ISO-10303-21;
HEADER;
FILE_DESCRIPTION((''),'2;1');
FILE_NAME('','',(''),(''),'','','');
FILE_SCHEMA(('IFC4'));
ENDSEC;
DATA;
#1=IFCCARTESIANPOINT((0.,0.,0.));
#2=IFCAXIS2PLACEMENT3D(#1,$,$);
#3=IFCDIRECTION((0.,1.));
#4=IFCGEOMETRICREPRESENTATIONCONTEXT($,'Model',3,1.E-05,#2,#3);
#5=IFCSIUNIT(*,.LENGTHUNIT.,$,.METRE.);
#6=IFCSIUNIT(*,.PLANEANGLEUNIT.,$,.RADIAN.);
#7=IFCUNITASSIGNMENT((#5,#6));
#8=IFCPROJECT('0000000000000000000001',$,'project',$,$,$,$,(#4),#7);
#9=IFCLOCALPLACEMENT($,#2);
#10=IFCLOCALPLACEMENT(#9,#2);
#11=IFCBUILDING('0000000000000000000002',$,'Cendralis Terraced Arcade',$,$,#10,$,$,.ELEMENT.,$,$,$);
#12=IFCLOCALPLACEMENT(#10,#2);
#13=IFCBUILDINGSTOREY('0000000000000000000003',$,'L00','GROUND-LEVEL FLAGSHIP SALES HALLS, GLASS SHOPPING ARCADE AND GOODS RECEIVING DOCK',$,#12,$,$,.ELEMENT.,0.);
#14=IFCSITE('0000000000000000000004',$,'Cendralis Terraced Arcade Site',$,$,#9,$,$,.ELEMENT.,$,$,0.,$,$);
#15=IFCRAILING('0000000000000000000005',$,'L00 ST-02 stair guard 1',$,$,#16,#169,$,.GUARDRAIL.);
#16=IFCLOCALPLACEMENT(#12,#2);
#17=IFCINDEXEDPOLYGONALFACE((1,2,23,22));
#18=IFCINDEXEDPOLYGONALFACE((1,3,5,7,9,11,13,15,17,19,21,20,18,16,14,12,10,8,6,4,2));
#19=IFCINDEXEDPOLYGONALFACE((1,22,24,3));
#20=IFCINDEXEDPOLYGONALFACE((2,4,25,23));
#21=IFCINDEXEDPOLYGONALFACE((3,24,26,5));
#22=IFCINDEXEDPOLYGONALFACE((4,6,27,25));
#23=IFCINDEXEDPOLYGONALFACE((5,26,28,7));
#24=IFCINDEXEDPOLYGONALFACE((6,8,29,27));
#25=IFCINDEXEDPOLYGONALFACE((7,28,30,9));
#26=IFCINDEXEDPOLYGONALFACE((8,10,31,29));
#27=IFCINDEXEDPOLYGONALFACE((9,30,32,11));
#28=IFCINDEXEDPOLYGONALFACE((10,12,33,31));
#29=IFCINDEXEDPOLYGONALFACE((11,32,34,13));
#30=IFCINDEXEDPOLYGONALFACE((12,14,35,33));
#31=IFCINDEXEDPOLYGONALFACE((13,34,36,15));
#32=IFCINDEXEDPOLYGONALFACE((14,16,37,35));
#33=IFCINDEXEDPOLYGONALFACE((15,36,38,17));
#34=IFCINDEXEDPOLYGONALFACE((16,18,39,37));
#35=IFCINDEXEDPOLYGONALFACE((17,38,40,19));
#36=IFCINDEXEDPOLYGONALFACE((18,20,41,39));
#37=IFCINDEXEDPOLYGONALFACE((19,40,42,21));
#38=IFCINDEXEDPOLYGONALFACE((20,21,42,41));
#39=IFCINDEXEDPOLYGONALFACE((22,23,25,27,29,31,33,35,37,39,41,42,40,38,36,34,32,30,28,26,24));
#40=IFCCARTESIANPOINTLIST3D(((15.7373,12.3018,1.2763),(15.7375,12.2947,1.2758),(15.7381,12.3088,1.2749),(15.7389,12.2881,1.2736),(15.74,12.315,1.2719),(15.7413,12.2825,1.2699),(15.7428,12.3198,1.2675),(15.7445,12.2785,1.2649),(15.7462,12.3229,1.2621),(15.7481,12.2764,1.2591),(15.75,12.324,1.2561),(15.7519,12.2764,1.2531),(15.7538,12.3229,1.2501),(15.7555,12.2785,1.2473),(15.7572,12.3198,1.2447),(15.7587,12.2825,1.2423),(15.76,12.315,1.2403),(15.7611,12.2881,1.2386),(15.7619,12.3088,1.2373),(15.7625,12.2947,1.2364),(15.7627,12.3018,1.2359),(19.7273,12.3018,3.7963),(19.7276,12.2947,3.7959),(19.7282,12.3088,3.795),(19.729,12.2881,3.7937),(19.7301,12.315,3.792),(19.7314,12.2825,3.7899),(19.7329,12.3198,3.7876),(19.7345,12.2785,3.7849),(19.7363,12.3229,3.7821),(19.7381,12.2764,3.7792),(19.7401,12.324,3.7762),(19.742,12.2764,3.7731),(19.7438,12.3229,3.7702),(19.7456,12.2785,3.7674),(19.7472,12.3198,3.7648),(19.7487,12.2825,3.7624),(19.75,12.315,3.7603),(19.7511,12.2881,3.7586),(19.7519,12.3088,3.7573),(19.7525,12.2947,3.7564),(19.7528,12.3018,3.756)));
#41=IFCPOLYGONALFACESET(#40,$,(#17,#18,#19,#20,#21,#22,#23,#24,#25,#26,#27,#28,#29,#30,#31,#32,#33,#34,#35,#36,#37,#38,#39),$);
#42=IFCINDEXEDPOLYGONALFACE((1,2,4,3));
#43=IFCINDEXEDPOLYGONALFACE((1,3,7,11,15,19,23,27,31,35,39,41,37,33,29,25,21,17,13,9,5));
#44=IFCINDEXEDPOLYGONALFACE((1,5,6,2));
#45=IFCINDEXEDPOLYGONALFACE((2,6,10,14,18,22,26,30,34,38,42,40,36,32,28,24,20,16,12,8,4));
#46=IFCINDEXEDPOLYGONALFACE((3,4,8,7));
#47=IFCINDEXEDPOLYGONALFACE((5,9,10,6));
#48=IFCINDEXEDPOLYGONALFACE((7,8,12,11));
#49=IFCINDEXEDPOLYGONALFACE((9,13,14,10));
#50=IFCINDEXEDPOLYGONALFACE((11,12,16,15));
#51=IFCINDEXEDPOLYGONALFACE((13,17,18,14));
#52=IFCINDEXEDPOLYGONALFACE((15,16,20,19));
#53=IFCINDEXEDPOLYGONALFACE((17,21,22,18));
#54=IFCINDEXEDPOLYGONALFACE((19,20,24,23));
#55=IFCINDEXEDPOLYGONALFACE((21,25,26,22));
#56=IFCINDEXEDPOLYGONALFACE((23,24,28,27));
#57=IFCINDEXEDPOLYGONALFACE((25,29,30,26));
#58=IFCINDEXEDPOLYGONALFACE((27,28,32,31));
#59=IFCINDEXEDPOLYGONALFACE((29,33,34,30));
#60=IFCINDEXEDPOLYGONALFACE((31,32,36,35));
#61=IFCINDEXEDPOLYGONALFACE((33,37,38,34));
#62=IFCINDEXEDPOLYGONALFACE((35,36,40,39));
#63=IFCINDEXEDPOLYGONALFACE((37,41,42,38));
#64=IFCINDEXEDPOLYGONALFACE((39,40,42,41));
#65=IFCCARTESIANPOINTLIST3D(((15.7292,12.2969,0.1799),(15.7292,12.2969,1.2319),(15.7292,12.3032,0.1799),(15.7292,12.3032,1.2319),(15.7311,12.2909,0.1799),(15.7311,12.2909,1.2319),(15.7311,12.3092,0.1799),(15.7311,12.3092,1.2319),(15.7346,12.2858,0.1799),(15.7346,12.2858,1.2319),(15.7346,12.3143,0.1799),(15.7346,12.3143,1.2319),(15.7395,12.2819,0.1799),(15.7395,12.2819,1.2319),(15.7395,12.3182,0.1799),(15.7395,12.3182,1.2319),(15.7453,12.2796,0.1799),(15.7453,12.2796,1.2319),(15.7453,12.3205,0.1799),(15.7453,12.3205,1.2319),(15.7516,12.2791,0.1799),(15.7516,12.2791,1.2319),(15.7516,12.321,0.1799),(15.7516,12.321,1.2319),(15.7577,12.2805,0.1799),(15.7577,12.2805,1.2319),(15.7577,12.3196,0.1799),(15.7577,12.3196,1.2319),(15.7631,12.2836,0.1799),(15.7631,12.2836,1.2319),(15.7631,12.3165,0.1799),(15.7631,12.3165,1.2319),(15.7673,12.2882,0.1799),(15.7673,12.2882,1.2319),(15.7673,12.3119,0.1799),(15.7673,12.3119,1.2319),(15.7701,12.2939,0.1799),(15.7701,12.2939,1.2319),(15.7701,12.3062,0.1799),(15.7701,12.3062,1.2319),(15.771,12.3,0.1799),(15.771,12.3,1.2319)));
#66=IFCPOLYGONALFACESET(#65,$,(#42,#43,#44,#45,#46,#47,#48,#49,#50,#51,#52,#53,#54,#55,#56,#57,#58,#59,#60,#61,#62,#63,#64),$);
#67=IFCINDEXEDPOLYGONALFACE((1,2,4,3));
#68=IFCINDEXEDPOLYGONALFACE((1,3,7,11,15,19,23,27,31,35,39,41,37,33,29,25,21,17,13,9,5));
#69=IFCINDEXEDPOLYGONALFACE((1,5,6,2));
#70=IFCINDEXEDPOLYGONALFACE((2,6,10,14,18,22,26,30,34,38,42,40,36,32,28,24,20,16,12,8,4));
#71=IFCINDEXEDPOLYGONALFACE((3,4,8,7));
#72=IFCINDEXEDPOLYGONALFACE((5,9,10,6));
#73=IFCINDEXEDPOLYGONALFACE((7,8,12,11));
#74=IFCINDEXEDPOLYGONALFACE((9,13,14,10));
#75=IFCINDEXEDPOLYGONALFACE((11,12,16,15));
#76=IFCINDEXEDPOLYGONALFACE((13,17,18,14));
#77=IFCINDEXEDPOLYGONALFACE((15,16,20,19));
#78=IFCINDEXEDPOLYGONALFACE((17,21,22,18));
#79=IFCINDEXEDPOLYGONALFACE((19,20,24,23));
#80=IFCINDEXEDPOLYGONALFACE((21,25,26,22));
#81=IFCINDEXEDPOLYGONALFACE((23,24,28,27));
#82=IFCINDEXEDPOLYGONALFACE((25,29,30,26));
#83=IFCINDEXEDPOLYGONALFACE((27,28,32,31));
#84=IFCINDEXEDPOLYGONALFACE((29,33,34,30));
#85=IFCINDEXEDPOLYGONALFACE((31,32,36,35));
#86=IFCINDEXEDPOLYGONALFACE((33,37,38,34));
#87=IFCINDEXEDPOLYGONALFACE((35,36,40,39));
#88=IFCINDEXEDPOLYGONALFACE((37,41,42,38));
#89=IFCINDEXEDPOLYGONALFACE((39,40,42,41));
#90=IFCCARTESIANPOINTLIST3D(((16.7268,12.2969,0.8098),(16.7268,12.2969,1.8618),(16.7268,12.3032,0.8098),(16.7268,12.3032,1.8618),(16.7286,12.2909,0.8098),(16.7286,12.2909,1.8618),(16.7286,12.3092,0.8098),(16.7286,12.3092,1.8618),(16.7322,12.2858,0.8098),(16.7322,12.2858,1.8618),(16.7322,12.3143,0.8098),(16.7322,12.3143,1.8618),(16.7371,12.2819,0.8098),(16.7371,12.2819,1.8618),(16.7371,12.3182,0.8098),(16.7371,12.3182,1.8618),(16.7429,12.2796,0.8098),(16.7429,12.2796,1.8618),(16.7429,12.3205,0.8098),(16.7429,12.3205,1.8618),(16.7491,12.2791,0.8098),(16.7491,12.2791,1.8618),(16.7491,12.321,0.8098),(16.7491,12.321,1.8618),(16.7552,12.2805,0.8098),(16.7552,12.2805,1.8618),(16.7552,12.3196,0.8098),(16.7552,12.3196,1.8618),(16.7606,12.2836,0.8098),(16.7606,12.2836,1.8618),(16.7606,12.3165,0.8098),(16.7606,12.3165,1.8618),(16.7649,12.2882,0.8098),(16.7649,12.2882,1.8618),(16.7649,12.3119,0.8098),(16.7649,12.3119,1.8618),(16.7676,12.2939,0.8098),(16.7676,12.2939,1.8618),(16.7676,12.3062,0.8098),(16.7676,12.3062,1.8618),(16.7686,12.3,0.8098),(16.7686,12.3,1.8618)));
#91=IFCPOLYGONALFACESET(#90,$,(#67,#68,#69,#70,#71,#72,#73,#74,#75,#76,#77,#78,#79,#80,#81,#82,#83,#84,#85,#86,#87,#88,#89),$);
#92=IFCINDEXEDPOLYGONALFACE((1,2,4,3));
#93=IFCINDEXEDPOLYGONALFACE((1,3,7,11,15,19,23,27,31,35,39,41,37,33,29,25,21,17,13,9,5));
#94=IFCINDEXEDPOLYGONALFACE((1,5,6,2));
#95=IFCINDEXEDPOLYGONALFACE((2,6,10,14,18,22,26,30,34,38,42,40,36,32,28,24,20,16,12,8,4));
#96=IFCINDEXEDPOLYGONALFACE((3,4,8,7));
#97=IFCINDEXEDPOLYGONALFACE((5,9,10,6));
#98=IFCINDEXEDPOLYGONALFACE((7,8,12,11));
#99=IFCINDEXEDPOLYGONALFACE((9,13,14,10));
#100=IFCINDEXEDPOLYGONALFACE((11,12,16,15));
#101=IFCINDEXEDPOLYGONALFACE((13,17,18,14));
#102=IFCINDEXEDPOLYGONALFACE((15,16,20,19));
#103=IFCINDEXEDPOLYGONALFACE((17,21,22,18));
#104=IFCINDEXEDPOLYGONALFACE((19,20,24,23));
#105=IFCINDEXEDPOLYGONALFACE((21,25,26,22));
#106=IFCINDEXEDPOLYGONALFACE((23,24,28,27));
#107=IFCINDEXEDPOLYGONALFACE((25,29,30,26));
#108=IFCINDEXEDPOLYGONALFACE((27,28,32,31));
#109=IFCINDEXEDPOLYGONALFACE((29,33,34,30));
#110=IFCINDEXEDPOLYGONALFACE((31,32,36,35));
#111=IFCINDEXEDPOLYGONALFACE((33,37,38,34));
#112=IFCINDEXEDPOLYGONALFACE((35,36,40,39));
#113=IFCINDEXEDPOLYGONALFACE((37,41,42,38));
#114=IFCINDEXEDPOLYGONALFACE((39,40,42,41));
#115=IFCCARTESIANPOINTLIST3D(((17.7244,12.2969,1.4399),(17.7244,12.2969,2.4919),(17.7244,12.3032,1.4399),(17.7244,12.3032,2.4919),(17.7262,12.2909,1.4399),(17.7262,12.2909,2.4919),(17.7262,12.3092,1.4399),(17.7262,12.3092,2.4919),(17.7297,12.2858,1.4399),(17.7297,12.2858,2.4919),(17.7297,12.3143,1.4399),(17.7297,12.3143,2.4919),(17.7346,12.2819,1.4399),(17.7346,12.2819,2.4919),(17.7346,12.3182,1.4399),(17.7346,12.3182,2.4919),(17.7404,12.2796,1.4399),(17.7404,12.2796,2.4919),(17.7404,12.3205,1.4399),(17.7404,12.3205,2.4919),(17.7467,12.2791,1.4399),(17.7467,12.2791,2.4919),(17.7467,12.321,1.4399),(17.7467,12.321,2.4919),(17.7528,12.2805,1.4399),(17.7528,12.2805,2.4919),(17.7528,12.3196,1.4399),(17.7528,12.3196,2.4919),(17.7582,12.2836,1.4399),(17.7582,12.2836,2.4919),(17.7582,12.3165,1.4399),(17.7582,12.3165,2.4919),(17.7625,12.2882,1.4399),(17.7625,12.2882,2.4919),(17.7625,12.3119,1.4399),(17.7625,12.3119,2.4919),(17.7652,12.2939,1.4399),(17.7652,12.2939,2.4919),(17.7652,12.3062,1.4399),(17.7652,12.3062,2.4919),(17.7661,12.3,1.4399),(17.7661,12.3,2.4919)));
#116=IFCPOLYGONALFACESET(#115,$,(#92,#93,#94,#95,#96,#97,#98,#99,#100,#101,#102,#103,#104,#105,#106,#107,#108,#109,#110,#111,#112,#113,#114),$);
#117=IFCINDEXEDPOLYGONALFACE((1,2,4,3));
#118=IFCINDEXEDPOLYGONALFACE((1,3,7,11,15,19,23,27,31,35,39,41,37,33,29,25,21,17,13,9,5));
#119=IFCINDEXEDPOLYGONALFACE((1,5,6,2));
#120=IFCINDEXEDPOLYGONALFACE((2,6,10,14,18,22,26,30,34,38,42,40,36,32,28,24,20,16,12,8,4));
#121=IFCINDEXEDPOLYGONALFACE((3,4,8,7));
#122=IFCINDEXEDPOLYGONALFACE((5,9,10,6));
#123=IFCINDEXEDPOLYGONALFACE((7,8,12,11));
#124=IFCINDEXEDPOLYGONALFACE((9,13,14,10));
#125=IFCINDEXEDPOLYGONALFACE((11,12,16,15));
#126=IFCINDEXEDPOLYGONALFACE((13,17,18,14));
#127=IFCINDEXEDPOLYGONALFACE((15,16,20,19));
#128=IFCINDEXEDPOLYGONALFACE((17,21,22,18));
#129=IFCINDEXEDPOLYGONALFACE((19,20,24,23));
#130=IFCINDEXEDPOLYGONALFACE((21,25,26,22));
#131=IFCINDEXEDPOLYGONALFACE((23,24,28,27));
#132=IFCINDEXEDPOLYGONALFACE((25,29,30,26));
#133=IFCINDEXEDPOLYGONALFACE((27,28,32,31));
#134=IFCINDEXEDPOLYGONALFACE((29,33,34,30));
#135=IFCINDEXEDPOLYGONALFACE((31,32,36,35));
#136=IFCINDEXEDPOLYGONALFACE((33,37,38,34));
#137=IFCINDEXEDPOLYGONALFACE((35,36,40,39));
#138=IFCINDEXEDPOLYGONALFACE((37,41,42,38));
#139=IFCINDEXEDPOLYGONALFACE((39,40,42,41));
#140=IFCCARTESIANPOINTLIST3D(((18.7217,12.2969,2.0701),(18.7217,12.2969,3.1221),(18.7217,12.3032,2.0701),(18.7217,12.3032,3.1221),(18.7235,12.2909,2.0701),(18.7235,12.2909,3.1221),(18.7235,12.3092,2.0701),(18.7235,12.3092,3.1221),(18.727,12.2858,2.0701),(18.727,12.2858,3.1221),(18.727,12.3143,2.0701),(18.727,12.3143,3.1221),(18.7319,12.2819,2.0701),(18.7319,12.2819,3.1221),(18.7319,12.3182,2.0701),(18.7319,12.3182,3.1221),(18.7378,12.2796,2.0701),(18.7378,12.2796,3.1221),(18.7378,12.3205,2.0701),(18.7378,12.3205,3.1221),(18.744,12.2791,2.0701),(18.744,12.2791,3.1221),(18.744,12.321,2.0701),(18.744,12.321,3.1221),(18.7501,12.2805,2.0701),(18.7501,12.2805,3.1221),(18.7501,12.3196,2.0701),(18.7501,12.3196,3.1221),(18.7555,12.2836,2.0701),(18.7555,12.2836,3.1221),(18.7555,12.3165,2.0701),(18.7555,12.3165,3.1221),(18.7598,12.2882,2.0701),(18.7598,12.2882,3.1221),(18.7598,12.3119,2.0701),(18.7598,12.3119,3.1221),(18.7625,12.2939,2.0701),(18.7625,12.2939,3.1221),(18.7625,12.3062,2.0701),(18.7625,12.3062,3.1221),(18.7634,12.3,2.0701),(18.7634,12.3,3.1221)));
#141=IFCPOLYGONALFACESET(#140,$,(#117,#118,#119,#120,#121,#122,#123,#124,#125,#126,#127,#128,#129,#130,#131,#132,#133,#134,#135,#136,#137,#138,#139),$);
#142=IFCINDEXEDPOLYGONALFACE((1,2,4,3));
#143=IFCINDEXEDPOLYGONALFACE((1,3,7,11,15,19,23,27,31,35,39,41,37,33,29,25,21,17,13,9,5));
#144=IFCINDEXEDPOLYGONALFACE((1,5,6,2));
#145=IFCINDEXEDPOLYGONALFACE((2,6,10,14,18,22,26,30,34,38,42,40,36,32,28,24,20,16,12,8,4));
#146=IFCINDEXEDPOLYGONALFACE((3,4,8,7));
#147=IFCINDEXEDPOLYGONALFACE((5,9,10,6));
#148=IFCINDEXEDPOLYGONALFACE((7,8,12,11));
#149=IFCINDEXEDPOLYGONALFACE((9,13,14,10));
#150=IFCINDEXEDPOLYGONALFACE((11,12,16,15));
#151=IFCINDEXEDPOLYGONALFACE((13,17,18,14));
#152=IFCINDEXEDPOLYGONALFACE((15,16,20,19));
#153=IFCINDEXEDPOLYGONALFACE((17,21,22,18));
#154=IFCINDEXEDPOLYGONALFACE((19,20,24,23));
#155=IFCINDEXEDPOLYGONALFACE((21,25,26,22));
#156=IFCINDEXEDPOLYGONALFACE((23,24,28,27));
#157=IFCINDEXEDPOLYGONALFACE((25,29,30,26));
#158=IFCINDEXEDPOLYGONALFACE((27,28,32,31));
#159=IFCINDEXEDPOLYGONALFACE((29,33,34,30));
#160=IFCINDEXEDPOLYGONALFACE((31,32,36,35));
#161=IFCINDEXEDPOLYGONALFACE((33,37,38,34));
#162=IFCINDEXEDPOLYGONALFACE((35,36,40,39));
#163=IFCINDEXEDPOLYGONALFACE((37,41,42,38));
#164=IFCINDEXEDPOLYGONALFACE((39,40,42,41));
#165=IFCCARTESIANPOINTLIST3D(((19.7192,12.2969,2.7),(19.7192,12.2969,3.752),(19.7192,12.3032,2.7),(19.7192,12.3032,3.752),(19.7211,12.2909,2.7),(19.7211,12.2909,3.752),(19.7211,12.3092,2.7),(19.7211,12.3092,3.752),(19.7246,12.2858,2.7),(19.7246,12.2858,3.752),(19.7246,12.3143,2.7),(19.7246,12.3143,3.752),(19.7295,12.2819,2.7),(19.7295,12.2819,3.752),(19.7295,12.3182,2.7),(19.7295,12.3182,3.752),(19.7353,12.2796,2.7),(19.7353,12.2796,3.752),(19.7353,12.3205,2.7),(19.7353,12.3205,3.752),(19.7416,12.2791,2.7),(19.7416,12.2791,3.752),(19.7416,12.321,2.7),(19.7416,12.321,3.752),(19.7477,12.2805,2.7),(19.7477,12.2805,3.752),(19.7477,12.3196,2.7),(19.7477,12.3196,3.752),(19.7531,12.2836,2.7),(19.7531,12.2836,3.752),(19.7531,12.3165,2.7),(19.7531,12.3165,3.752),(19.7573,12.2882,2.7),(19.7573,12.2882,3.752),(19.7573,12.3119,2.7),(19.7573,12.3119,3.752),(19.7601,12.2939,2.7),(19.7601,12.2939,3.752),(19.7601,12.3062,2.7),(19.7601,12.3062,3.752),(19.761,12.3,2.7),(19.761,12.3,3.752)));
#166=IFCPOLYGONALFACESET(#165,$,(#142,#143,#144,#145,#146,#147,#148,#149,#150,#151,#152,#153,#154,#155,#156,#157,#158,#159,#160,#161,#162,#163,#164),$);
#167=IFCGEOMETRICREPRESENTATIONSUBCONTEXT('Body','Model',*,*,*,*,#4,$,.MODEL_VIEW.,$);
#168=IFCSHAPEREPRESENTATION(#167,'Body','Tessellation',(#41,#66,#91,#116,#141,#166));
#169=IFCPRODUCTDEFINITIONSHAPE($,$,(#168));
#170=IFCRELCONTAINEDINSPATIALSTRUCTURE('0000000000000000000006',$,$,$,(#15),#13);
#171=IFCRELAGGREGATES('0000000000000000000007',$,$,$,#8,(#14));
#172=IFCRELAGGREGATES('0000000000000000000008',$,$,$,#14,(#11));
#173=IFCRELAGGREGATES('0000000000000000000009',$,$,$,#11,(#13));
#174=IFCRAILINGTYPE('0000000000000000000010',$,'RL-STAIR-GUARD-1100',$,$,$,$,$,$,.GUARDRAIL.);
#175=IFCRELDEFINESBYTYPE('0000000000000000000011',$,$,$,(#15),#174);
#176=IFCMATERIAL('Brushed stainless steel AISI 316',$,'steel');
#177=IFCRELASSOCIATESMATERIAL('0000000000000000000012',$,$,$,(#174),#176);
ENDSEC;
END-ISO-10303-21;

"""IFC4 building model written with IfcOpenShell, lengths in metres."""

from ifc_helpers import new_model, si_unit, direction, frame, origin, origin_2d, place, context, subcontext, project, spatial, circle, extrude, material, type_object, element, save


model = new_model("IFC4")

# Units and contexts
model_context = context("Model", 3, precision=1e-05, world=origin(), true_north=direction((0.0, 1.0)))
body_context = subcontext(model_context, "Body", "Model", "MODEL_VIEW")
ifc_project = project(units=[si_unit("LENGTHUNIT", "METRE"), si_unit("PLANEANGLEUNIT", "RADIAN")], contexts=[model_context])

# Site, building, storey
site_placement = place(None, origin())
site = spatial("IfcSite", under=ifc_project, at=site_placement, Name="Cendralis Terraced Arcade Site", CompositionType="ELEMENT", RefElevation=0.0)
building_placement = place(site_placement, origin())
building = spatial("IfcBuilding", under=site, at=building_placement, Name="Cendralis Terraced Arcade", CompositionType="ELEMENT")
storey_placement = place(building_placement, origin())
storey = spatial("IfcBuildingStorey", under=building, at=storey_placement, Name="L00", Description="GROUND-LEVEL FLAGSHIP SALES HALLS, GLASS SHOPPING ARCADE AND GOODS RECEIVING DOCK", CompositionType="ELEMENT", Elevation=0.0)

# Railing
ifc_material_1 = material(Name="Brushed stainless steel AISI 316", Category="steel")
railing_type_1 = type_object("IfcRailingType", Name="RL-STAIR-GUARD-1100", PredefinedType="GUARDRAIL", material=ifc_material_1)
railing_1_placement = place(storey_placement, frame((15.75, 12.3, 0.1799)))
element("IfcRailing", 1, at=railing_1_placement, inside=storey, type_object=railing_type_1, Name="L00 ST-02 stair guard 1", PredefinedType="GUARDRAIL", context=body_context, shape_type="SweptSolid", body=[
    extrude(circle(Radius=0.0239, at=origin_2d()), frame((0.0, 0.0, 1.0762), z_axis=(0.845486, 0.0, 0.533997), x_axis=(0.0, 1.0, 0.0)), (0.0, 0.0, 1.0), 4.7192),
    extrude(circle(Radius=0.021, at=origin_2d()), origin(), (0.0, 0.0, 1.0), 1.052),
    extrude(circle(Radius=0.021, at=origin_2d()), frame((0.9976, 0.0, 0.6299)), (0.0, 0.0, 1.0), 1.052),
    extrude(circle(Radius=0.021, at=origin_2d()), frame((1.9951, 0.0, 1.26)), (0.0, 0.0, 1.0), 1.052),
    extrude(circle(Radius=0.021, at=origin_2d()), frame((2.9924, 0.0, 1.8901)), (0.0, 0.0, 1.0), 1.052),
    extrude(circle(Radius=0.021, at=origin_2d()), frame((3.99, 0.0, 2.52)), (0.0, 0.0, 1.0), 1.052),
])

save(model, "model.ifc")
